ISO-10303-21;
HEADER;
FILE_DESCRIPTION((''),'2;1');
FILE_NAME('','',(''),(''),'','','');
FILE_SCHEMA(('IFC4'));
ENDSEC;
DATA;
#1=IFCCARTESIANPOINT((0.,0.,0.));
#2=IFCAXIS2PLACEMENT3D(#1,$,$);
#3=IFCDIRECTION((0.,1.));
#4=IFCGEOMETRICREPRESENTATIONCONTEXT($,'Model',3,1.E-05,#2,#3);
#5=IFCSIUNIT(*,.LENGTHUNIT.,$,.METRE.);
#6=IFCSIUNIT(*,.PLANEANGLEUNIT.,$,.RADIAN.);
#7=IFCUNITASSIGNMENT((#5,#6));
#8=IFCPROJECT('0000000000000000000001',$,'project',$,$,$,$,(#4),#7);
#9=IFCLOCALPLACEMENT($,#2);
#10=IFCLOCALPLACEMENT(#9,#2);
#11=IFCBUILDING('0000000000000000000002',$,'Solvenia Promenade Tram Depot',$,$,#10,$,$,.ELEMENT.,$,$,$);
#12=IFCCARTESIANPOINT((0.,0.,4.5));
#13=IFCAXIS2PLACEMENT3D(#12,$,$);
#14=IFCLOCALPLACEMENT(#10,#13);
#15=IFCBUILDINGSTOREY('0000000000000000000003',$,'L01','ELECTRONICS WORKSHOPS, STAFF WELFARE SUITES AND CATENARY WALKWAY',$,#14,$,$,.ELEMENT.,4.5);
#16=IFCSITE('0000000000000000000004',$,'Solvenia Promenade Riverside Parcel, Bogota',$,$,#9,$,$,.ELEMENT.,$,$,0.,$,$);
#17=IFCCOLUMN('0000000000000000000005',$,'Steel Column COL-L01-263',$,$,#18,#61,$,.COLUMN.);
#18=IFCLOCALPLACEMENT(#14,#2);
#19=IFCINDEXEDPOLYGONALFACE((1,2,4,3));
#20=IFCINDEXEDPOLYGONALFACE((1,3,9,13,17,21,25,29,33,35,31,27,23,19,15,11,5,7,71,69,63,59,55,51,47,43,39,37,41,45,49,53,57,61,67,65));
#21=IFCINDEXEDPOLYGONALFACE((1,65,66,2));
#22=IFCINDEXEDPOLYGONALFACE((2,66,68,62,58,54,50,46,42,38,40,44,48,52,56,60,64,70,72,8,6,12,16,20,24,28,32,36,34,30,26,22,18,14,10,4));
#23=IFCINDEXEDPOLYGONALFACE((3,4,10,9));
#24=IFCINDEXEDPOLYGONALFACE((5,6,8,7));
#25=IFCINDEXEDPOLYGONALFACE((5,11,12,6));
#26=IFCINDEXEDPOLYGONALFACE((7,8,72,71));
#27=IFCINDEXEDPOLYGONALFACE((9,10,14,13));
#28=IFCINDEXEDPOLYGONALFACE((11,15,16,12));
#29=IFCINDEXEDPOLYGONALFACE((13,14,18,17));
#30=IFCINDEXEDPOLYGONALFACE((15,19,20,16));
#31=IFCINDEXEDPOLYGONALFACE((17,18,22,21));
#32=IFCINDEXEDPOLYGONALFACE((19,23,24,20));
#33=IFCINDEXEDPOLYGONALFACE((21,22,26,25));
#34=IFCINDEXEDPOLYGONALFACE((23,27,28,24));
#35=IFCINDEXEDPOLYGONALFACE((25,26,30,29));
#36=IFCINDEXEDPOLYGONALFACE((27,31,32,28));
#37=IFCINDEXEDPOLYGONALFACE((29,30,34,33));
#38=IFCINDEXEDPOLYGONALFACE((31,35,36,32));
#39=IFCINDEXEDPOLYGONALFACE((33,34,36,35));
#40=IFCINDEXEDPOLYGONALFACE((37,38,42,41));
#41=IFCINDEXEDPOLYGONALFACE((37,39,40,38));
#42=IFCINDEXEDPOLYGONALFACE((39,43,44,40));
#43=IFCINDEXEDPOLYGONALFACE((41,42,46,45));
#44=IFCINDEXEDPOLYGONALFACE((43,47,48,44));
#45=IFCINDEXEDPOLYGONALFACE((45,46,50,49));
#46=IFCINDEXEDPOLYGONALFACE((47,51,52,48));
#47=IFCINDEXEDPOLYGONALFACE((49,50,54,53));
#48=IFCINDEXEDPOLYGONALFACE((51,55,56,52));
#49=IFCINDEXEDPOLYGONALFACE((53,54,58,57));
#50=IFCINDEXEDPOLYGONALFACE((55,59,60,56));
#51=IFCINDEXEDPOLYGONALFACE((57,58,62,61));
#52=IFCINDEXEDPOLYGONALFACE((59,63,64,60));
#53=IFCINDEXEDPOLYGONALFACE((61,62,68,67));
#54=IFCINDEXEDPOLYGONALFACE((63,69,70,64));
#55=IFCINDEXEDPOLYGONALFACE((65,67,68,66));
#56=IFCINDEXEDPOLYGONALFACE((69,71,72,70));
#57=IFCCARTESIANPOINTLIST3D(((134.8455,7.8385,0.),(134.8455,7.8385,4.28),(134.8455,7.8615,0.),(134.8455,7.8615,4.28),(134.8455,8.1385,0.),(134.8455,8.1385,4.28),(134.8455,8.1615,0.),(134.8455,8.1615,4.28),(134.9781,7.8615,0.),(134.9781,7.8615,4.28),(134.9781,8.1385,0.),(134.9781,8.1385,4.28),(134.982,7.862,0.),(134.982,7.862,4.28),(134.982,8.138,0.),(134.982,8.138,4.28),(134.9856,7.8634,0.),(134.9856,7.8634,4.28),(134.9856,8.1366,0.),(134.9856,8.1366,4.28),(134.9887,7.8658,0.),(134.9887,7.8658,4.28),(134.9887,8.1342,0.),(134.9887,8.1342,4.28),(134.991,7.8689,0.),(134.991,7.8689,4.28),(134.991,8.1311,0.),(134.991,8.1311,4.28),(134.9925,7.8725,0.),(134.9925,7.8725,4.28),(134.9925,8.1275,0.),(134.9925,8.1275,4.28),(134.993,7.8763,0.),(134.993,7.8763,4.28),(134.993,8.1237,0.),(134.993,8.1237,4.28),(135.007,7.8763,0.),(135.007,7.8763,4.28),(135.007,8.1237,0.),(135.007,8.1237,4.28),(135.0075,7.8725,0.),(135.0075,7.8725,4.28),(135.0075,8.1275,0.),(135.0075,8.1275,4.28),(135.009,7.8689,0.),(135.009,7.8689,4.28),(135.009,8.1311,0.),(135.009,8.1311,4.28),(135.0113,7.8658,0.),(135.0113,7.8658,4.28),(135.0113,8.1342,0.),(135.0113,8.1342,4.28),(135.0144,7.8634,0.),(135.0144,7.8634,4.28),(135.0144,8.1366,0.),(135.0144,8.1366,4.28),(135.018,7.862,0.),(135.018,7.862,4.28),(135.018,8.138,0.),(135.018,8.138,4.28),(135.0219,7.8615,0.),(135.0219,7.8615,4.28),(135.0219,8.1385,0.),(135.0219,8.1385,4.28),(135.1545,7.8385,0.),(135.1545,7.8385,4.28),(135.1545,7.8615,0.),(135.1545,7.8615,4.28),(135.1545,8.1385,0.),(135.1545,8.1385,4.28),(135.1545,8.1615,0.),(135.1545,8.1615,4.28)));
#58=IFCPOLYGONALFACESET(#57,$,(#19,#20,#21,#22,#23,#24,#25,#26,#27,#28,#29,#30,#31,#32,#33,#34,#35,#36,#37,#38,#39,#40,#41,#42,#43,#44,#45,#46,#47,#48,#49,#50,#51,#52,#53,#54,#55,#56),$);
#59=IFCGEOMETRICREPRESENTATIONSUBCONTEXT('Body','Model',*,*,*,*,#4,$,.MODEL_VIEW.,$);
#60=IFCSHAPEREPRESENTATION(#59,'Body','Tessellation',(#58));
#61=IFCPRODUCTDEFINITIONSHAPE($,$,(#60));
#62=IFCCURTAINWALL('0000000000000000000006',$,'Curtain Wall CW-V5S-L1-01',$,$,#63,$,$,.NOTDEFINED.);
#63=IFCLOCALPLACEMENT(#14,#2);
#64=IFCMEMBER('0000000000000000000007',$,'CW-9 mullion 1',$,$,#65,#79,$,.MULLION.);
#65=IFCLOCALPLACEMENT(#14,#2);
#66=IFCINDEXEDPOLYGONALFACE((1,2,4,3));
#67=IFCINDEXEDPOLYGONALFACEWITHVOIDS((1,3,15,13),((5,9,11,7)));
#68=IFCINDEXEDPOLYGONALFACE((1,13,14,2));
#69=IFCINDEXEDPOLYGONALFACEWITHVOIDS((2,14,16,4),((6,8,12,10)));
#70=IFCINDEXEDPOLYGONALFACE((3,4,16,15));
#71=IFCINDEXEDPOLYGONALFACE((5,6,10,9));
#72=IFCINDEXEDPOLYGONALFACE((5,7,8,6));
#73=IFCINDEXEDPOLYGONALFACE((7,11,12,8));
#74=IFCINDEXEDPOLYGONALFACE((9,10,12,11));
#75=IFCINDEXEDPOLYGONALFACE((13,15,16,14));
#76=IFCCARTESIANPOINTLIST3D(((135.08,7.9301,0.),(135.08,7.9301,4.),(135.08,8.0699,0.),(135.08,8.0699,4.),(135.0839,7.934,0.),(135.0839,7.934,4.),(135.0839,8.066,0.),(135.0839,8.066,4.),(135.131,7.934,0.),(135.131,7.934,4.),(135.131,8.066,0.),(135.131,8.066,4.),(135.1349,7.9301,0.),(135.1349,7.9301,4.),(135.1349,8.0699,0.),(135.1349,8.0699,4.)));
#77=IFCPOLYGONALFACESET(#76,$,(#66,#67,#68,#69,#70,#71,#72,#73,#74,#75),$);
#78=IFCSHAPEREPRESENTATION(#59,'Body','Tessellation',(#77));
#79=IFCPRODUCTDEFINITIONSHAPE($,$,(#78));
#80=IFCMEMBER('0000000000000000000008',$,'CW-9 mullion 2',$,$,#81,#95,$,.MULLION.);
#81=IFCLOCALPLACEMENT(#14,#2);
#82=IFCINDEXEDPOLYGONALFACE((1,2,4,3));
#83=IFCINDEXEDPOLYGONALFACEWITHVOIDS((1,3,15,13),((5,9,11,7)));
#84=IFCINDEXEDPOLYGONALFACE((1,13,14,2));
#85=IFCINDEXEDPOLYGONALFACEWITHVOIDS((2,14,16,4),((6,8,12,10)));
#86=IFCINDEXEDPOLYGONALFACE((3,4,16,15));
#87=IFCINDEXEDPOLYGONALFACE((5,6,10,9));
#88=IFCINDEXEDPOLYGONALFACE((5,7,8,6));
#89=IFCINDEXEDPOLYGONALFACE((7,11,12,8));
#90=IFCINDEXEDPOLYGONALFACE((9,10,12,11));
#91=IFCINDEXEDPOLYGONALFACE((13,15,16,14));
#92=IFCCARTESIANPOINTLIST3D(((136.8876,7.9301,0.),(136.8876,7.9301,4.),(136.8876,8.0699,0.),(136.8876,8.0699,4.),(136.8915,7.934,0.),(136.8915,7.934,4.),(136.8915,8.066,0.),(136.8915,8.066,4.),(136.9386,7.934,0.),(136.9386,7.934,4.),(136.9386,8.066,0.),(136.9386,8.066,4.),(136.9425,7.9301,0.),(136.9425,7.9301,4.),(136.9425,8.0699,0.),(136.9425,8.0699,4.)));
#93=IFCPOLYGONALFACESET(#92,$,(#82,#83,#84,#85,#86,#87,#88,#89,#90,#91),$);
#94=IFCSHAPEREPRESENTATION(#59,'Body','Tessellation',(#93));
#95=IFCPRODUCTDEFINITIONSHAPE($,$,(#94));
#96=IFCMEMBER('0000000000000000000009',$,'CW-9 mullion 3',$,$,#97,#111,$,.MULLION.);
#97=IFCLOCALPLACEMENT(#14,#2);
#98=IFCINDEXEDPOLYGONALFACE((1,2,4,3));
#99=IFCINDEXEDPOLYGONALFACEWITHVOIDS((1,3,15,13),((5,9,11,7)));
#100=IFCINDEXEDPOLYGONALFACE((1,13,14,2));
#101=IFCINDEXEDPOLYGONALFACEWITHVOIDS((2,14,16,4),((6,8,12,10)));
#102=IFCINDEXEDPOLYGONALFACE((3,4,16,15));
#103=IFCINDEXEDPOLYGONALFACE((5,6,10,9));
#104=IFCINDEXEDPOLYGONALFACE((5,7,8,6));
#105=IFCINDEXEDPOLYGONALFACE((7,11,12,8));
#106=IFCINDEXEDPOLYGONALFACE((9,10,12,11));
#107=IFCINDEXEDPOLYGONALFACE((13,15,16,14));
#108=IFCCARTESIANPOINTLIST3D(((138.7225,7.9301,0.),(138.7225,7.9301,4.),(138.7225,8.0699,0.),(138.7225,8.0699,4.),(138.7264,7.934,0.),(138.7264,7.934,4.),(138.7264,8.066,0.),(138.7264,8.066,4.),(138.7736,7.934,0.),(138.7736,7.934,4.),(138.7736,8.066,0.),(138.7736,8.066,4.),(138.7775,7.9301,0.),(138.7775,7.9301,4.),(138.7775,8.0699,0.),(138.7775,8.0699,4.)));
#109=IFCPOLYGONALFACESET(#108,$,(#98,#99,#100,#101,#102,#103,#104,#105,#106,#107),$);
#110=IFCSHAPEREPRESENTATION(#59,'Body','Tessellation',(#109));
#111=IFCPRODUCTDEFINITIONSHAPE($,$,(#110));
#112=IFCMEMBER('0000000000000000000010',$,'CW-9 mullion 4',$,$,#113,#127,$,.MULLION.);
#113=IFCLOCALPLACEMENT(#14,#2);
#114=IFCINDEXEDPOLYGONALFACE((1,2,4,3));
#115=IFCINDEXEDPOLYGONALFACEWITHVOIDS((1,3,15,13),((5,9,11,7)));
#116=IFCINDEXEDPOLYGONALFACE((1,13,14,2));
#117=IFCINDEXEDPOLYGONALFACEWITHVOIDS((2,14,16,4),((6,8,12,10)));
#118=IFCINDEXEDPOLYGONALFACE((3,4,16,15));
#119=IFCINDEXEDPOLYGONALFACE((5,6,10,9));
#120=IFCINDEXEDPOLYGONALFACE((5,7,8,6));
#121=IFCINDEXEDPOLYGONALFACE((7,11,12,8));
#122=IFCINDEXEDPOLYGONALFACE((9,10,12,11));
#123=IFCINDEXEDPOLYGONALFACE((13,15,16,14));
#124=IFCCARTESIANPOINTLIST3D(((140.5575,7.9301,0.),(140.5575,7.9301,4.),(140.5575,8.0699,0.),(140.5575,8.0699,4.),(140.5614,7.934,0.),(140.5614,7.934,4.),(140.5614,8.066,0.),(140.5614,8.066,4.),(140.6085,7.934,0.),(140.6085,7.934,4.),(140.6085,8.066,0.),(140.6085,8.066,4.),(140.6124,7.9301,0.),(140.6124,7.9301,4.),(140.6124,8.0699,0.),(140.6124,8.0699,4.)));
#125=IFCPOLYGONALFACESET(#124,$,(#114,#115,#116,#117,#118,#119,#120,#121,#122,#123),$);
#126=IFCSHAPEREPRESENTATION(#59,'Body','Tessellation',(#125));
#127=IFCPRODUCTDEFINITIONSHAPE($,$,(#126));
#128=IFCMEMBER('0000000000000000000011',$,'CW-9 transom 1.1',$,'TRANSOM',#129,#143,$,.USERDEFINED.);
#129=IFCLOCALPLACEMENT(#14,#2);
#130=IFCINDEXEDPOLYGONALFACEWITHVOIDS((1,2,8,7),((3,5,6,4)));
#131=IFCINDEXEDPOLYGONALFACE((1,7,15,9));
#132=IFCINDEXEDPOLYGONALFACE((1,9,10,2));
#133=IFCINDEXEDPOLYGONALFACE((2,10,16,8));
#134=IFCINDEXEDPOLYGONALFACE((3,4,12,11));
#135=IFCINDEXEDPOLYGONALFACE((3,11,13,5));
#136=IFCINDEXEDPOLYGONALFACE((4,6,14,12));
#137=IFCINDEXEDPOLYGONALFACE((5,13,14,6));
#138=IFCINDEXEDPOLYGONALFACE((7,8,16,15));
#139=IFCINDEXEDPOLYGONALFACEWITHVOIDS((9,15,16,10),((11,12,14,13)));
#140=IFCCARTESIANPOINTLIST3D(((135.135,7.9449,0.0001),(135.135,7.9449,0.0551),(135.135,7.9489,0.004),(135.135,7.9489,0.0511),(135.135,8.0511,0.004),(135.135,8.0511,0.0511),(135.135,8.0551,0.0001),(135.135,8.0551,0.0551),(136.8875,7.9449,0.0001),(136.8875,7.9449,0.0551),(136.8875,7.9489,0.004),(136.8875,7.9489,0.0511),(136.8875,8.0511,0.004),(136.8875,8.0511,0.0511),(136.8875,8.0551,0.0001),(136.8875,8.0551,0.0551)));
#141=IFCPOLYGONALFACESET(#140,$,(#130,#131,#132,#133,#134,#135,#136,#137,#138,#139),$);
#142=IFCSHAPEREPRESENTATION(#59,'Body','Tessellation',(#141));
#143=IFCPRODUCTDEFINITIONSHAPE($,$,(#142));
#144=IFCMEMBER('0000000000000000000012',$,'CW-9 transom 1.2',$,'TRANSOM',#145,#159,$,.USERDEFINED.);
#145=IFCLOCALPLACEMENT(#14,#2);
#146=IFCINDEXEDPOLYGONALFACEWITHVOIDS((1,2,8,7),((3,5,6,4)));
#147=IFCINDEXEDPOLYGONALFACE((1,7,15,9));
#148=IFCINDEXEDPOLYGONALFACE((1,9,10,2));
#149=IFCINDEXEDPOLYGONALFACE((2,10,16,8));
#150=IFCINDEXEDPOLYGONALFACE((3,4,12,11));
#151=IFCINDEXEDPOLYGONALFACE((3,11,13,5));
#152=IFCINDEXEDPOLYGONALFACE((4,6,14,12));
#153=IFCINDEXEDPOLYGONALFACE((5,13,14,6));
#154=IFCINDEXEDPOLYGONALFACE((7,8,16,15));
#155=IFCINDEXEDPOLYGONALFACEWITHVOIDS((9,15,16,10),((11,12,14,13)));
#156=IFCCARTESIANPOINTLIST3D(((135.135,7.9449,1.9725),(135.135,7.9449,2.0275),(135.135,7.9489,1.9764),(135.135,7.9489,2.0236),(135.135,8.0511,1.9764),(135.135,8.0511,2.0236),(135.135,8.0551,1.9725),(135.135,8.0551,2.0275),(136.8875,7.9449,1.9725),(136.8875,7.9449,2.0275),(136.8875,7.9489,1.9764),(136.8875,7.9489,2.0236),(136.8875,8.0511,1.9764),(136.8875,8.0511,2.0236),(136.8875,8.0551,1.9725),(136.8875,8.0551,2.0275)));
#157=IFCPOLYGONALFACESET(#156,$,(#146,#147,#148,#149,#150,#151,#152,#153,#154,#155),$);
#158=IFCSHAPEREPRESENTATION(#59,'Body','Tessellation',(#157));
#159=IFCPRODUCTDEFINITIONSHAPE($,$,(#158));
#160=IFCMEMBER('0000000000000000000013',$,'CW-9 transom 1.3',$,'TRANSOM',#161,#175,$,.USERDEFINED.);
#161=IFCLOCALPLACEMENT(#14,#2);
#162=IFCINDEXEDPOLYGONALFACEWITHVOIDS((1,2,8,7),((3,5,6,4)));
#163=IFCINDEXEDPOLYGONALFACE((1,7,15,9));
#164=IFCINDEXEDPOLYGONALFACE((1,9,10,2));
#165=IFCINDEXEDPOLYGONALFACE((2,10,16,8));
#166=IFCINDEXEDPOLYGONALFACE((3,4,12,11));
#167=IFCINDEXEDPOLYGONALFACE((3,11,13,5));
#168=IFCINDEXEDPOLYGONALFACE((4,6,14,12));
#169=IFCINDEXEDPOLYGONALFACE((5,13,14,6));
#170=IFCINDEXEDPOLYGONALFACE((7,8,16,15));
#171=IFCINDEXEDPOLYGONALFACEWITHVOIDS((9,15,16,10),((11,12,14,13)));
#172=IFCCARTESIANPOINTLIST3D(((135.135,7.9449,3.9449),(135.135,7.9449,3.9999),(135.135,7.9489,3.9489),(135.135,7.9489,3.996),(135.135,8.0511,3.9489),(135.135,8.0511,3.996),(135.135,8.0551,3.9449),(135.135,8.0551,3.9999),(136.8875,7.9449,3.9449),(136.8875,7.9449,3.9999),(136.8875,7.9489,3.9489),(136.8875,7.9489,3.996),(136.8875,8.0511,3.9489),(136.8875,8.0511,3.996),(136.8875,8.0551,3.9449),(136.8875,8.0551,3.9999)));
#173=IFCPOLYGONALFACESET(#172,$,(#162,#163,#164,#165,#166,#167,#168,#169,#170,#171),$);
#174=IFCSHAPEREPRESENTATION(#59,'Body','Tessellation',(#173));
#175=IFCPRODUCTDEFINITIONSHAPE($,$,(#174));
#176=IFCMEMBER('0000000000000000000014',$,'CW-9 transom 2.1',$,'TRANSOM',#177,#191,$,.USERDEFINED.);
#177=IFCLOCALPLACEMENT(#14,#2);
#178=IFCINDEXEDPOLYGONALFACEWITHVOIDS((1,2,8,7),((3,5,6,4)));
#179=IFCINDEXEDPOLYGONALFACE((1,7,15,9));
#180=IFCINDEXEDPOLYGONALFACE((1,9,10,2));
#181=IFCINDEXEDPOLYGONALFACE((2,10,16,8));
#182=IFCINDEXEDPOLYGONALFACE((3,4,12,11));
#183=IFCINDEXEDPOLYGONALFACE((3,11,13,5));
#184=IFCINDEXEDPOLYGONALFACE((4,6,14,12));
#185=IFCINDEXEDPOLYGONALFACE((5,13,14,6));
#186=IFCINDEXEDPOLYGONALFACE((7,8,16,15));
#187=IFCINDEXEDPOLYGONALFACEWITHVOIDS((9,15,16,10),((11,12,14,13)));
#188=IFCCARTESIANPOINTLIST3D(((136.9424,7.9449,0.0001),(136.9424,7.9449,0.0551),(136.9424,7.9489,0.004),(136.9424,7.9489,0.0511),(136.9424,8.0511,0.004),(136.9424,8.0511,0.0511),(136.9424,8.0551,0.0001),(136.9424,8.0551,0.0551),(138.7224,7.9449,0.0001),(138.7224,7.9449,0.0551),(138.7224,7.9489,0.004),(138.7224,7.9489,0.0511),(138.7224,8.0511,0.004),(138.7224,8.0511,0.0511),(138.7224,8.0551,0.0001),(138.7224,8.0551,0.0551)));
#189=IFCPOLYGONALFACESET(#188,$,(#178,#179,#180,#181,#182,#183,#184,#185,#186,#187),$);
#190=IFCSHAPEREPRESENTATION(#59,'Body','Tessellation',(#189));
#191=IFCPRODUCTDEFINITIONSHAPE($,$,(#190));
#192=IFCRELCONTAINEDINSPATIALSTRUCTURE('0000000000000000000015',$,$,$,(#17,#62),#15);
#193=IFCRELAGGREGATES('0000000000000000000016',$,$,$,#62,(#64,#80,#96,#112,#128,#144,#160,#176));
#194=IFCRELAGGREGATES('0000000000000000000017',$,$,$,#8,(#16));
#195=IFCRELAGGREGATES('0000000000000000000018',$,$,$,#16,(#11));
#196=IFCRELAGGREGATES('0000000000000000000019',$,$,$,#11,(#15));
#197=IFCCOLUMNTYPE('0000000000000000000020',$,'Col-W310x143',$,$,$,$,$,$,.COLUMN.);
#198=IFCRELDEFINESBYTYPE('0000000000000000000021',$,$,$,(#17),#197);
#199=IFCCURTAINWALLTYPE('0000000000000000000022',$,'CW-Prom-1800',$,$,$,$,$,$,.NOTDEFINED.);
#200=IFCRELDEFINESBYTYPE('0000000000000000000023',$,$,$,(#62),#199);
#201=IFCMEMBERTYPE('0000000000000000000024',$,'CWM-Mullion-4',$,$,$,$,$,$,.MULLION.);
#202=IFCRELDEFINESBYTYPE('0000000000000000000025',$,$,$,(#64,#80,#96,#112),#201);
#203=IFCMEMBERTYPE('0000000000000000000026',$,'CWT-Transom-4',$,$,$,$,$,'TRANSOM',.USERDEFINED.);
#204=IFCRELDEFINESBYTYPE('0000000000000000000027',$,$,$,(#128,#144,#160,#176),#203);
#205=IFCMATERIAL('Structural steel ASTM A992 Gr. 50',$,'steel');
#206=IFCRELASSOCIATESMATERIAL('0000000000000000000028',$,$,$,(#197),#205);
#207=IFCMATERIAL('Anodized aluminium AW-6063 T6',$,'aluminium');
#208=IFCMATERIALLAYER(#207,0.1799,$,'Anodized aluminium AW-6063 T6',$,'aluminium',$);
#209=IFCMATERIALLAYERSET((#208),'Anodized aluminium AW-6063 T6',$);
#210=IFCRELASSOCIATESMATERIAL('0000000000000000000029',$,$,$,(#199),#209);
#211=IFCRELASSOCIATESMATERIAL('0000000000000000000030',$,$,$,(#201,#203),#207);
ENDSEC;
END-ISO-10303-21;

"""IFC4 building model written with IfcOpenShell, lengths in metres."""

from ifc_helpers import new_model, si_unit, direction, frame, origin, origin_2d, place, context, subcontext, project, spatial, hollow_rectangle, i_section, extrude, material, layer, layer_set, material_profile, profile_set, type_object, element, aggregate, save


model = new_model("IFC4")

# Units and contexts
model_context = context("Model", 3, precision=1e-05, world=origin(), true_north=direction((0.0, 1.0)))
body_context = subcontext(model_context, "Body", "Model", "MODEL_VIEW")
ifc_project = project(units=[si_unit("LENGTHUNIT", "METRE"), si_unit("PLANEANGLEUNIT", "RADIAN")], contexts=[model_context])

# Site, building, storey
site_placement = place(None, origin())
site = spatial("IfcSite", under=ifc_project, at=site_placement, Name="Solvenia Promenade Riverside Parcel, Bogota", CompositionType="ELEMENT", RefElevation=0.0)
building_placement = place(site_placement, origin())
building = spatial("IfcBuilding", under=site, at=building_placement, Name="Solvenia Promenade Tram Depot", CompositionType="ELEMENT")
storey_placement = place(building_placement, frame((0.0, 0.0, 4.5)))
storey = spatial("IfcBuildingStorey", under=building, at=storey_placement, Name="L01", Description="ELECTRONICS WORKSHOPS, STAFF WELFARE SUITES AND CATENARY WALKWAY", CompositionType="ELEMENT", Elevation=4.5)

# Column
ifc_material_1 = material(Name="Structural steel ASTM A992 Gr. 50", Category="steel")
ifc_material_profile_1 = material_profile(ifc_material_1, i_section(OverallWidth=0.3091, OverallDepth=0.323, WebThickness=0.0139, FlangeThickness=0.0229, FilletRadius=0.0149, at=origin_2d()), Name="W310x143", Category="steel")
ifc_profile_set_1 = profile_set([ifc_material_profile_1], Name="Structural steel ASTM A992 Gr. 50")
column_type = type_object("IfcColumnType", Name="Col-W310x143", PredefinedType="COLUMN", material=ifc_profile_set_1)
column_placement = place(storey_placement, frame((135.0, 8.0, 0.0), z_axis=(0.0, 0.0, 1.0), x_axis=(1.0, 0.0, 0.0)))
element("IfcColumn", 1, at=column_placement, inside=storey, type_object=column_type, Name="Steel Column COL-L01-263", PredefinedType="COLUMN", context=body_context, shape_type="SweptSolid", body=[
    extrude(i_section(OverallWidth=0.3091, OverallDepth=0.323, WebThickness=0.0139, FlangeThickness=0.0229, FilletRadius=0.0149, at=origin_2d()), origin(), (0.0, 0.0, 1.0), 4.28),
])

# Curtain wall, members
ifc_material_2 = material(Name="Anodized aluminium AW-6063 T6", Category="aluminium")
ifc_layer_1 = layer(ifc_material_2, 0.1799, Name="Anodized aluminium AW-6063 T6", Category="aluminium")
ifc_layer_set_1 = layer_set([ifc_layer_1], Name="Anodized aluminium AW-6063 T6")
curtain_wall_type = type_object("IfcCurtainWallType", Name="CW-Prom-1800", PredefinedType="NOTDEFINED", material=ifc_layer_set_1)
curtain_wall_placement = place(storey_placement, origin())
curtain_wall = element("IfcCurtainWall", 2, at=curtain_wall_placement, inside=storey, type_object=curtain_wall_type, Name="Curtain Wall CW-V5S-L1-01", PredefinedType="NOTDEFINED")
ifc_material_profile_2 = material_profile(ifc_material_2, hollow_rectangle(XDim=0.1399, YDim=0.0549, WallThickness=0.0039, at=origin_2d()), Name="ALU-M4", Category="aluminium")
ifc_profile_set_2 = profile_set([ifc_material_profile_2], Name="Anodized aluminium AW-6063 T6")
member_type_1 = type_object("IfcMemberType", Name="CWM-Mullion-4", PredefinedType="MULLION", material=ifc_profile_set_2)
member_1_placement = place(storey_placement, frame((135.1074, 8.0, 0.0), z_axis=(0.0, 0.0, 1.0), x_axis=(0.0, 1.0, 0.0)))
member_1 = element("IfcMember", 3, at=member_1_placement, type_object=member_type_1, Name="CW-9 mullion 1", PredefinedType="MULLION", context=body_context, shape_type="SweptSolid", body=[
    extrude(hollow_rectangle(XDim=0.1399, YDim=0.0549, WallThickness=0.0039, at=origin_2d()), origin(), (0.0, 0.0, 1.0), 4.0),
])
member_2_placement = place(storey_placement, frame((136.915, 8.0, 0.0), z_axis=(0.0, 0.0, 1.0), x_axis=(0.0, 1.0, 0.0)))
member_2 = element("IfcMember", 4, at=member_2_placement, type_object=member_type_1, Name="CW-9 mullion 2", PredefinedType="MULLION", context=body_context, shape_type="SweptSolid", body=[
    extrude(hollow_rectangle(XDim=0.1399, YDim=0.0549, WallThickness=0.0039, at=origin_2d()), origin(), (0.0, 0.0, 1.0), 4.0),
])
member_3_placement = place(storey_placement, frame((138.75, 8.0, 0.0), z_axis=(0.0, 0.0, 1.0), x_axis=(0.0, 1.0, 0.0)))
member_3 = element("IfcMember", 5, at=member_3_placement, type_object=member_type_1, Name="CW-9 mullion 3", PredefinedType="MULLION", context=body_context, shape_type="SweptSolid", body=[
    extrude(hollow_rectangle(XDim=0.1399, YDim=0.0549, WallThickness=0.0039, at=origin_2d()), origin(), (0.0, 0.0, 1.0), 4.0),
])
member_4_placement = place(storey_placement, frame((140.585, 8.0, 0.0), z_axis=(0.0, 0.0, 1.0), x_axis=(0.0, 1.0, 0.0)))
member_4 = element("IfcMember", 6, at=member_4_placement, type_object=member_type_1, Name="CW-9 mullion 4", PredefinedType="MULLION", context=body_context, shape_type="SweptSolid", body=[
    extrude(hollow_rectangle(XDim=0.1399, YDim=0.0549, WallThickness=0.0039, at=origin_2d()), origin(), (0.0, 0.0, 1.0), 4.0),
])
ifc_material_profile_3 = material_profile(ifc_material_2, hollow_rectangle(XDim=0.1101, YDim=0.0549, WallThickness=0.0039, at=origin_2d()), Name="ALU-T4", Category="aluminium")
ifc_profile_set_3 = profile_set([ifc_material_profile_3], Name="Anodized aluminium AW-6063 T6")
member_type_2 = type_object("IfcMemberType", Name="CWT-Transom-4", ElementType="TRANSOM", PredefinedType="USERDEFINED", material=ifc_profile_set_3)
member_5_placement = place(storey_placement, frame((135.135, 8.0, 0.0276), z_axis=(1.0, 0.0, 0.0), x_axis=(0.0, 1.0, 0.0)))
member_5 = element("IfcMember", 7, at=member_5_placement, type_object=member_type_2, Name="CW-9 transom 1.1", ObjectType="TRANSOM", PredefinedType="USERDEFINED", context=body_context, shape_type="SweptSolid", body=[
    extrude(hollow_rectangle(XDim=0.1101, YDim=0.0549, WallThickness=0.0039, at=origin_2d()), origin(), (0.0, 0.0, 1.0), 1.7524),
])
member_6_placement = place(storey_placement, frame((135.135, 8.0, 2.0), z_axis=(1.0, 0.0, 0.0), x_axis=(0.0, 1.0, 0.0)))
member_6 = element("IfcMember", 8, at=member_6_placement, type_object=member_type_2, Name="CW-9 transom 1.2", ObjectType="TRANSOM", PredefinedType="USERDEFINED", context=body_context, shape_type="SweptSolid", body=[
    extrude(hollow_rectangle(XDim=0.1101, YDim=0.0549, WallThickness=0.0039, at=origin_2d()), origin(), (0.0, 0.0, 1.0), 1.7524),
])
member_7_placement = place(storey_placement, frame((135.135, 8.0, 3.9724), z_axis=(1.0, 0.0, 0.0), x_axis=(0.0, 1.0, 0.0)))
member_7 = element("IfcMember", 9, at=member_7_placement, type_object=member_type_2, Name="CW-9 transom 1.3", ObjectType="TRANSOM", PredefinedType="USERDEFINED", context=body_context, shape_type="SweptSolid", body=[
    extrude(hollow_rectangle(XDim=0.1101, YDim=0.0549, WallThickness=0.0039, at=origin_2d()), origin(), (0.0, 0.0, 1.0), 1.7524),
])
member_8_placement = place(storey_placement, frame((136.9424, 8.0, 0.0276), z_axis=(1.0, 0.0, 0.0), x_axis=(0.0, 1.0, 0.0)))
member_8 = element("IfcMember", 10, at=member_8_placement, type_object=member_type_2, Name="CW-9 transom 2.1", ObjectType="TRANSOM", PredefinedType="USERDEFINED", context=body_context, shape_type="SweptSolid", body=[
    extrude(hollow_rectangle(XDim=0.1101, YDim=0.0549, WallThickness=0.0039, at=origin_2d()), origin(), (0.0, 0.0, 1.0), 1.78),
])

aggregate(curtain_wall, [member_1, member_2, member_3, member_4, member_5, member_6, member_7, member_8])

save(model, "model.ifc")
